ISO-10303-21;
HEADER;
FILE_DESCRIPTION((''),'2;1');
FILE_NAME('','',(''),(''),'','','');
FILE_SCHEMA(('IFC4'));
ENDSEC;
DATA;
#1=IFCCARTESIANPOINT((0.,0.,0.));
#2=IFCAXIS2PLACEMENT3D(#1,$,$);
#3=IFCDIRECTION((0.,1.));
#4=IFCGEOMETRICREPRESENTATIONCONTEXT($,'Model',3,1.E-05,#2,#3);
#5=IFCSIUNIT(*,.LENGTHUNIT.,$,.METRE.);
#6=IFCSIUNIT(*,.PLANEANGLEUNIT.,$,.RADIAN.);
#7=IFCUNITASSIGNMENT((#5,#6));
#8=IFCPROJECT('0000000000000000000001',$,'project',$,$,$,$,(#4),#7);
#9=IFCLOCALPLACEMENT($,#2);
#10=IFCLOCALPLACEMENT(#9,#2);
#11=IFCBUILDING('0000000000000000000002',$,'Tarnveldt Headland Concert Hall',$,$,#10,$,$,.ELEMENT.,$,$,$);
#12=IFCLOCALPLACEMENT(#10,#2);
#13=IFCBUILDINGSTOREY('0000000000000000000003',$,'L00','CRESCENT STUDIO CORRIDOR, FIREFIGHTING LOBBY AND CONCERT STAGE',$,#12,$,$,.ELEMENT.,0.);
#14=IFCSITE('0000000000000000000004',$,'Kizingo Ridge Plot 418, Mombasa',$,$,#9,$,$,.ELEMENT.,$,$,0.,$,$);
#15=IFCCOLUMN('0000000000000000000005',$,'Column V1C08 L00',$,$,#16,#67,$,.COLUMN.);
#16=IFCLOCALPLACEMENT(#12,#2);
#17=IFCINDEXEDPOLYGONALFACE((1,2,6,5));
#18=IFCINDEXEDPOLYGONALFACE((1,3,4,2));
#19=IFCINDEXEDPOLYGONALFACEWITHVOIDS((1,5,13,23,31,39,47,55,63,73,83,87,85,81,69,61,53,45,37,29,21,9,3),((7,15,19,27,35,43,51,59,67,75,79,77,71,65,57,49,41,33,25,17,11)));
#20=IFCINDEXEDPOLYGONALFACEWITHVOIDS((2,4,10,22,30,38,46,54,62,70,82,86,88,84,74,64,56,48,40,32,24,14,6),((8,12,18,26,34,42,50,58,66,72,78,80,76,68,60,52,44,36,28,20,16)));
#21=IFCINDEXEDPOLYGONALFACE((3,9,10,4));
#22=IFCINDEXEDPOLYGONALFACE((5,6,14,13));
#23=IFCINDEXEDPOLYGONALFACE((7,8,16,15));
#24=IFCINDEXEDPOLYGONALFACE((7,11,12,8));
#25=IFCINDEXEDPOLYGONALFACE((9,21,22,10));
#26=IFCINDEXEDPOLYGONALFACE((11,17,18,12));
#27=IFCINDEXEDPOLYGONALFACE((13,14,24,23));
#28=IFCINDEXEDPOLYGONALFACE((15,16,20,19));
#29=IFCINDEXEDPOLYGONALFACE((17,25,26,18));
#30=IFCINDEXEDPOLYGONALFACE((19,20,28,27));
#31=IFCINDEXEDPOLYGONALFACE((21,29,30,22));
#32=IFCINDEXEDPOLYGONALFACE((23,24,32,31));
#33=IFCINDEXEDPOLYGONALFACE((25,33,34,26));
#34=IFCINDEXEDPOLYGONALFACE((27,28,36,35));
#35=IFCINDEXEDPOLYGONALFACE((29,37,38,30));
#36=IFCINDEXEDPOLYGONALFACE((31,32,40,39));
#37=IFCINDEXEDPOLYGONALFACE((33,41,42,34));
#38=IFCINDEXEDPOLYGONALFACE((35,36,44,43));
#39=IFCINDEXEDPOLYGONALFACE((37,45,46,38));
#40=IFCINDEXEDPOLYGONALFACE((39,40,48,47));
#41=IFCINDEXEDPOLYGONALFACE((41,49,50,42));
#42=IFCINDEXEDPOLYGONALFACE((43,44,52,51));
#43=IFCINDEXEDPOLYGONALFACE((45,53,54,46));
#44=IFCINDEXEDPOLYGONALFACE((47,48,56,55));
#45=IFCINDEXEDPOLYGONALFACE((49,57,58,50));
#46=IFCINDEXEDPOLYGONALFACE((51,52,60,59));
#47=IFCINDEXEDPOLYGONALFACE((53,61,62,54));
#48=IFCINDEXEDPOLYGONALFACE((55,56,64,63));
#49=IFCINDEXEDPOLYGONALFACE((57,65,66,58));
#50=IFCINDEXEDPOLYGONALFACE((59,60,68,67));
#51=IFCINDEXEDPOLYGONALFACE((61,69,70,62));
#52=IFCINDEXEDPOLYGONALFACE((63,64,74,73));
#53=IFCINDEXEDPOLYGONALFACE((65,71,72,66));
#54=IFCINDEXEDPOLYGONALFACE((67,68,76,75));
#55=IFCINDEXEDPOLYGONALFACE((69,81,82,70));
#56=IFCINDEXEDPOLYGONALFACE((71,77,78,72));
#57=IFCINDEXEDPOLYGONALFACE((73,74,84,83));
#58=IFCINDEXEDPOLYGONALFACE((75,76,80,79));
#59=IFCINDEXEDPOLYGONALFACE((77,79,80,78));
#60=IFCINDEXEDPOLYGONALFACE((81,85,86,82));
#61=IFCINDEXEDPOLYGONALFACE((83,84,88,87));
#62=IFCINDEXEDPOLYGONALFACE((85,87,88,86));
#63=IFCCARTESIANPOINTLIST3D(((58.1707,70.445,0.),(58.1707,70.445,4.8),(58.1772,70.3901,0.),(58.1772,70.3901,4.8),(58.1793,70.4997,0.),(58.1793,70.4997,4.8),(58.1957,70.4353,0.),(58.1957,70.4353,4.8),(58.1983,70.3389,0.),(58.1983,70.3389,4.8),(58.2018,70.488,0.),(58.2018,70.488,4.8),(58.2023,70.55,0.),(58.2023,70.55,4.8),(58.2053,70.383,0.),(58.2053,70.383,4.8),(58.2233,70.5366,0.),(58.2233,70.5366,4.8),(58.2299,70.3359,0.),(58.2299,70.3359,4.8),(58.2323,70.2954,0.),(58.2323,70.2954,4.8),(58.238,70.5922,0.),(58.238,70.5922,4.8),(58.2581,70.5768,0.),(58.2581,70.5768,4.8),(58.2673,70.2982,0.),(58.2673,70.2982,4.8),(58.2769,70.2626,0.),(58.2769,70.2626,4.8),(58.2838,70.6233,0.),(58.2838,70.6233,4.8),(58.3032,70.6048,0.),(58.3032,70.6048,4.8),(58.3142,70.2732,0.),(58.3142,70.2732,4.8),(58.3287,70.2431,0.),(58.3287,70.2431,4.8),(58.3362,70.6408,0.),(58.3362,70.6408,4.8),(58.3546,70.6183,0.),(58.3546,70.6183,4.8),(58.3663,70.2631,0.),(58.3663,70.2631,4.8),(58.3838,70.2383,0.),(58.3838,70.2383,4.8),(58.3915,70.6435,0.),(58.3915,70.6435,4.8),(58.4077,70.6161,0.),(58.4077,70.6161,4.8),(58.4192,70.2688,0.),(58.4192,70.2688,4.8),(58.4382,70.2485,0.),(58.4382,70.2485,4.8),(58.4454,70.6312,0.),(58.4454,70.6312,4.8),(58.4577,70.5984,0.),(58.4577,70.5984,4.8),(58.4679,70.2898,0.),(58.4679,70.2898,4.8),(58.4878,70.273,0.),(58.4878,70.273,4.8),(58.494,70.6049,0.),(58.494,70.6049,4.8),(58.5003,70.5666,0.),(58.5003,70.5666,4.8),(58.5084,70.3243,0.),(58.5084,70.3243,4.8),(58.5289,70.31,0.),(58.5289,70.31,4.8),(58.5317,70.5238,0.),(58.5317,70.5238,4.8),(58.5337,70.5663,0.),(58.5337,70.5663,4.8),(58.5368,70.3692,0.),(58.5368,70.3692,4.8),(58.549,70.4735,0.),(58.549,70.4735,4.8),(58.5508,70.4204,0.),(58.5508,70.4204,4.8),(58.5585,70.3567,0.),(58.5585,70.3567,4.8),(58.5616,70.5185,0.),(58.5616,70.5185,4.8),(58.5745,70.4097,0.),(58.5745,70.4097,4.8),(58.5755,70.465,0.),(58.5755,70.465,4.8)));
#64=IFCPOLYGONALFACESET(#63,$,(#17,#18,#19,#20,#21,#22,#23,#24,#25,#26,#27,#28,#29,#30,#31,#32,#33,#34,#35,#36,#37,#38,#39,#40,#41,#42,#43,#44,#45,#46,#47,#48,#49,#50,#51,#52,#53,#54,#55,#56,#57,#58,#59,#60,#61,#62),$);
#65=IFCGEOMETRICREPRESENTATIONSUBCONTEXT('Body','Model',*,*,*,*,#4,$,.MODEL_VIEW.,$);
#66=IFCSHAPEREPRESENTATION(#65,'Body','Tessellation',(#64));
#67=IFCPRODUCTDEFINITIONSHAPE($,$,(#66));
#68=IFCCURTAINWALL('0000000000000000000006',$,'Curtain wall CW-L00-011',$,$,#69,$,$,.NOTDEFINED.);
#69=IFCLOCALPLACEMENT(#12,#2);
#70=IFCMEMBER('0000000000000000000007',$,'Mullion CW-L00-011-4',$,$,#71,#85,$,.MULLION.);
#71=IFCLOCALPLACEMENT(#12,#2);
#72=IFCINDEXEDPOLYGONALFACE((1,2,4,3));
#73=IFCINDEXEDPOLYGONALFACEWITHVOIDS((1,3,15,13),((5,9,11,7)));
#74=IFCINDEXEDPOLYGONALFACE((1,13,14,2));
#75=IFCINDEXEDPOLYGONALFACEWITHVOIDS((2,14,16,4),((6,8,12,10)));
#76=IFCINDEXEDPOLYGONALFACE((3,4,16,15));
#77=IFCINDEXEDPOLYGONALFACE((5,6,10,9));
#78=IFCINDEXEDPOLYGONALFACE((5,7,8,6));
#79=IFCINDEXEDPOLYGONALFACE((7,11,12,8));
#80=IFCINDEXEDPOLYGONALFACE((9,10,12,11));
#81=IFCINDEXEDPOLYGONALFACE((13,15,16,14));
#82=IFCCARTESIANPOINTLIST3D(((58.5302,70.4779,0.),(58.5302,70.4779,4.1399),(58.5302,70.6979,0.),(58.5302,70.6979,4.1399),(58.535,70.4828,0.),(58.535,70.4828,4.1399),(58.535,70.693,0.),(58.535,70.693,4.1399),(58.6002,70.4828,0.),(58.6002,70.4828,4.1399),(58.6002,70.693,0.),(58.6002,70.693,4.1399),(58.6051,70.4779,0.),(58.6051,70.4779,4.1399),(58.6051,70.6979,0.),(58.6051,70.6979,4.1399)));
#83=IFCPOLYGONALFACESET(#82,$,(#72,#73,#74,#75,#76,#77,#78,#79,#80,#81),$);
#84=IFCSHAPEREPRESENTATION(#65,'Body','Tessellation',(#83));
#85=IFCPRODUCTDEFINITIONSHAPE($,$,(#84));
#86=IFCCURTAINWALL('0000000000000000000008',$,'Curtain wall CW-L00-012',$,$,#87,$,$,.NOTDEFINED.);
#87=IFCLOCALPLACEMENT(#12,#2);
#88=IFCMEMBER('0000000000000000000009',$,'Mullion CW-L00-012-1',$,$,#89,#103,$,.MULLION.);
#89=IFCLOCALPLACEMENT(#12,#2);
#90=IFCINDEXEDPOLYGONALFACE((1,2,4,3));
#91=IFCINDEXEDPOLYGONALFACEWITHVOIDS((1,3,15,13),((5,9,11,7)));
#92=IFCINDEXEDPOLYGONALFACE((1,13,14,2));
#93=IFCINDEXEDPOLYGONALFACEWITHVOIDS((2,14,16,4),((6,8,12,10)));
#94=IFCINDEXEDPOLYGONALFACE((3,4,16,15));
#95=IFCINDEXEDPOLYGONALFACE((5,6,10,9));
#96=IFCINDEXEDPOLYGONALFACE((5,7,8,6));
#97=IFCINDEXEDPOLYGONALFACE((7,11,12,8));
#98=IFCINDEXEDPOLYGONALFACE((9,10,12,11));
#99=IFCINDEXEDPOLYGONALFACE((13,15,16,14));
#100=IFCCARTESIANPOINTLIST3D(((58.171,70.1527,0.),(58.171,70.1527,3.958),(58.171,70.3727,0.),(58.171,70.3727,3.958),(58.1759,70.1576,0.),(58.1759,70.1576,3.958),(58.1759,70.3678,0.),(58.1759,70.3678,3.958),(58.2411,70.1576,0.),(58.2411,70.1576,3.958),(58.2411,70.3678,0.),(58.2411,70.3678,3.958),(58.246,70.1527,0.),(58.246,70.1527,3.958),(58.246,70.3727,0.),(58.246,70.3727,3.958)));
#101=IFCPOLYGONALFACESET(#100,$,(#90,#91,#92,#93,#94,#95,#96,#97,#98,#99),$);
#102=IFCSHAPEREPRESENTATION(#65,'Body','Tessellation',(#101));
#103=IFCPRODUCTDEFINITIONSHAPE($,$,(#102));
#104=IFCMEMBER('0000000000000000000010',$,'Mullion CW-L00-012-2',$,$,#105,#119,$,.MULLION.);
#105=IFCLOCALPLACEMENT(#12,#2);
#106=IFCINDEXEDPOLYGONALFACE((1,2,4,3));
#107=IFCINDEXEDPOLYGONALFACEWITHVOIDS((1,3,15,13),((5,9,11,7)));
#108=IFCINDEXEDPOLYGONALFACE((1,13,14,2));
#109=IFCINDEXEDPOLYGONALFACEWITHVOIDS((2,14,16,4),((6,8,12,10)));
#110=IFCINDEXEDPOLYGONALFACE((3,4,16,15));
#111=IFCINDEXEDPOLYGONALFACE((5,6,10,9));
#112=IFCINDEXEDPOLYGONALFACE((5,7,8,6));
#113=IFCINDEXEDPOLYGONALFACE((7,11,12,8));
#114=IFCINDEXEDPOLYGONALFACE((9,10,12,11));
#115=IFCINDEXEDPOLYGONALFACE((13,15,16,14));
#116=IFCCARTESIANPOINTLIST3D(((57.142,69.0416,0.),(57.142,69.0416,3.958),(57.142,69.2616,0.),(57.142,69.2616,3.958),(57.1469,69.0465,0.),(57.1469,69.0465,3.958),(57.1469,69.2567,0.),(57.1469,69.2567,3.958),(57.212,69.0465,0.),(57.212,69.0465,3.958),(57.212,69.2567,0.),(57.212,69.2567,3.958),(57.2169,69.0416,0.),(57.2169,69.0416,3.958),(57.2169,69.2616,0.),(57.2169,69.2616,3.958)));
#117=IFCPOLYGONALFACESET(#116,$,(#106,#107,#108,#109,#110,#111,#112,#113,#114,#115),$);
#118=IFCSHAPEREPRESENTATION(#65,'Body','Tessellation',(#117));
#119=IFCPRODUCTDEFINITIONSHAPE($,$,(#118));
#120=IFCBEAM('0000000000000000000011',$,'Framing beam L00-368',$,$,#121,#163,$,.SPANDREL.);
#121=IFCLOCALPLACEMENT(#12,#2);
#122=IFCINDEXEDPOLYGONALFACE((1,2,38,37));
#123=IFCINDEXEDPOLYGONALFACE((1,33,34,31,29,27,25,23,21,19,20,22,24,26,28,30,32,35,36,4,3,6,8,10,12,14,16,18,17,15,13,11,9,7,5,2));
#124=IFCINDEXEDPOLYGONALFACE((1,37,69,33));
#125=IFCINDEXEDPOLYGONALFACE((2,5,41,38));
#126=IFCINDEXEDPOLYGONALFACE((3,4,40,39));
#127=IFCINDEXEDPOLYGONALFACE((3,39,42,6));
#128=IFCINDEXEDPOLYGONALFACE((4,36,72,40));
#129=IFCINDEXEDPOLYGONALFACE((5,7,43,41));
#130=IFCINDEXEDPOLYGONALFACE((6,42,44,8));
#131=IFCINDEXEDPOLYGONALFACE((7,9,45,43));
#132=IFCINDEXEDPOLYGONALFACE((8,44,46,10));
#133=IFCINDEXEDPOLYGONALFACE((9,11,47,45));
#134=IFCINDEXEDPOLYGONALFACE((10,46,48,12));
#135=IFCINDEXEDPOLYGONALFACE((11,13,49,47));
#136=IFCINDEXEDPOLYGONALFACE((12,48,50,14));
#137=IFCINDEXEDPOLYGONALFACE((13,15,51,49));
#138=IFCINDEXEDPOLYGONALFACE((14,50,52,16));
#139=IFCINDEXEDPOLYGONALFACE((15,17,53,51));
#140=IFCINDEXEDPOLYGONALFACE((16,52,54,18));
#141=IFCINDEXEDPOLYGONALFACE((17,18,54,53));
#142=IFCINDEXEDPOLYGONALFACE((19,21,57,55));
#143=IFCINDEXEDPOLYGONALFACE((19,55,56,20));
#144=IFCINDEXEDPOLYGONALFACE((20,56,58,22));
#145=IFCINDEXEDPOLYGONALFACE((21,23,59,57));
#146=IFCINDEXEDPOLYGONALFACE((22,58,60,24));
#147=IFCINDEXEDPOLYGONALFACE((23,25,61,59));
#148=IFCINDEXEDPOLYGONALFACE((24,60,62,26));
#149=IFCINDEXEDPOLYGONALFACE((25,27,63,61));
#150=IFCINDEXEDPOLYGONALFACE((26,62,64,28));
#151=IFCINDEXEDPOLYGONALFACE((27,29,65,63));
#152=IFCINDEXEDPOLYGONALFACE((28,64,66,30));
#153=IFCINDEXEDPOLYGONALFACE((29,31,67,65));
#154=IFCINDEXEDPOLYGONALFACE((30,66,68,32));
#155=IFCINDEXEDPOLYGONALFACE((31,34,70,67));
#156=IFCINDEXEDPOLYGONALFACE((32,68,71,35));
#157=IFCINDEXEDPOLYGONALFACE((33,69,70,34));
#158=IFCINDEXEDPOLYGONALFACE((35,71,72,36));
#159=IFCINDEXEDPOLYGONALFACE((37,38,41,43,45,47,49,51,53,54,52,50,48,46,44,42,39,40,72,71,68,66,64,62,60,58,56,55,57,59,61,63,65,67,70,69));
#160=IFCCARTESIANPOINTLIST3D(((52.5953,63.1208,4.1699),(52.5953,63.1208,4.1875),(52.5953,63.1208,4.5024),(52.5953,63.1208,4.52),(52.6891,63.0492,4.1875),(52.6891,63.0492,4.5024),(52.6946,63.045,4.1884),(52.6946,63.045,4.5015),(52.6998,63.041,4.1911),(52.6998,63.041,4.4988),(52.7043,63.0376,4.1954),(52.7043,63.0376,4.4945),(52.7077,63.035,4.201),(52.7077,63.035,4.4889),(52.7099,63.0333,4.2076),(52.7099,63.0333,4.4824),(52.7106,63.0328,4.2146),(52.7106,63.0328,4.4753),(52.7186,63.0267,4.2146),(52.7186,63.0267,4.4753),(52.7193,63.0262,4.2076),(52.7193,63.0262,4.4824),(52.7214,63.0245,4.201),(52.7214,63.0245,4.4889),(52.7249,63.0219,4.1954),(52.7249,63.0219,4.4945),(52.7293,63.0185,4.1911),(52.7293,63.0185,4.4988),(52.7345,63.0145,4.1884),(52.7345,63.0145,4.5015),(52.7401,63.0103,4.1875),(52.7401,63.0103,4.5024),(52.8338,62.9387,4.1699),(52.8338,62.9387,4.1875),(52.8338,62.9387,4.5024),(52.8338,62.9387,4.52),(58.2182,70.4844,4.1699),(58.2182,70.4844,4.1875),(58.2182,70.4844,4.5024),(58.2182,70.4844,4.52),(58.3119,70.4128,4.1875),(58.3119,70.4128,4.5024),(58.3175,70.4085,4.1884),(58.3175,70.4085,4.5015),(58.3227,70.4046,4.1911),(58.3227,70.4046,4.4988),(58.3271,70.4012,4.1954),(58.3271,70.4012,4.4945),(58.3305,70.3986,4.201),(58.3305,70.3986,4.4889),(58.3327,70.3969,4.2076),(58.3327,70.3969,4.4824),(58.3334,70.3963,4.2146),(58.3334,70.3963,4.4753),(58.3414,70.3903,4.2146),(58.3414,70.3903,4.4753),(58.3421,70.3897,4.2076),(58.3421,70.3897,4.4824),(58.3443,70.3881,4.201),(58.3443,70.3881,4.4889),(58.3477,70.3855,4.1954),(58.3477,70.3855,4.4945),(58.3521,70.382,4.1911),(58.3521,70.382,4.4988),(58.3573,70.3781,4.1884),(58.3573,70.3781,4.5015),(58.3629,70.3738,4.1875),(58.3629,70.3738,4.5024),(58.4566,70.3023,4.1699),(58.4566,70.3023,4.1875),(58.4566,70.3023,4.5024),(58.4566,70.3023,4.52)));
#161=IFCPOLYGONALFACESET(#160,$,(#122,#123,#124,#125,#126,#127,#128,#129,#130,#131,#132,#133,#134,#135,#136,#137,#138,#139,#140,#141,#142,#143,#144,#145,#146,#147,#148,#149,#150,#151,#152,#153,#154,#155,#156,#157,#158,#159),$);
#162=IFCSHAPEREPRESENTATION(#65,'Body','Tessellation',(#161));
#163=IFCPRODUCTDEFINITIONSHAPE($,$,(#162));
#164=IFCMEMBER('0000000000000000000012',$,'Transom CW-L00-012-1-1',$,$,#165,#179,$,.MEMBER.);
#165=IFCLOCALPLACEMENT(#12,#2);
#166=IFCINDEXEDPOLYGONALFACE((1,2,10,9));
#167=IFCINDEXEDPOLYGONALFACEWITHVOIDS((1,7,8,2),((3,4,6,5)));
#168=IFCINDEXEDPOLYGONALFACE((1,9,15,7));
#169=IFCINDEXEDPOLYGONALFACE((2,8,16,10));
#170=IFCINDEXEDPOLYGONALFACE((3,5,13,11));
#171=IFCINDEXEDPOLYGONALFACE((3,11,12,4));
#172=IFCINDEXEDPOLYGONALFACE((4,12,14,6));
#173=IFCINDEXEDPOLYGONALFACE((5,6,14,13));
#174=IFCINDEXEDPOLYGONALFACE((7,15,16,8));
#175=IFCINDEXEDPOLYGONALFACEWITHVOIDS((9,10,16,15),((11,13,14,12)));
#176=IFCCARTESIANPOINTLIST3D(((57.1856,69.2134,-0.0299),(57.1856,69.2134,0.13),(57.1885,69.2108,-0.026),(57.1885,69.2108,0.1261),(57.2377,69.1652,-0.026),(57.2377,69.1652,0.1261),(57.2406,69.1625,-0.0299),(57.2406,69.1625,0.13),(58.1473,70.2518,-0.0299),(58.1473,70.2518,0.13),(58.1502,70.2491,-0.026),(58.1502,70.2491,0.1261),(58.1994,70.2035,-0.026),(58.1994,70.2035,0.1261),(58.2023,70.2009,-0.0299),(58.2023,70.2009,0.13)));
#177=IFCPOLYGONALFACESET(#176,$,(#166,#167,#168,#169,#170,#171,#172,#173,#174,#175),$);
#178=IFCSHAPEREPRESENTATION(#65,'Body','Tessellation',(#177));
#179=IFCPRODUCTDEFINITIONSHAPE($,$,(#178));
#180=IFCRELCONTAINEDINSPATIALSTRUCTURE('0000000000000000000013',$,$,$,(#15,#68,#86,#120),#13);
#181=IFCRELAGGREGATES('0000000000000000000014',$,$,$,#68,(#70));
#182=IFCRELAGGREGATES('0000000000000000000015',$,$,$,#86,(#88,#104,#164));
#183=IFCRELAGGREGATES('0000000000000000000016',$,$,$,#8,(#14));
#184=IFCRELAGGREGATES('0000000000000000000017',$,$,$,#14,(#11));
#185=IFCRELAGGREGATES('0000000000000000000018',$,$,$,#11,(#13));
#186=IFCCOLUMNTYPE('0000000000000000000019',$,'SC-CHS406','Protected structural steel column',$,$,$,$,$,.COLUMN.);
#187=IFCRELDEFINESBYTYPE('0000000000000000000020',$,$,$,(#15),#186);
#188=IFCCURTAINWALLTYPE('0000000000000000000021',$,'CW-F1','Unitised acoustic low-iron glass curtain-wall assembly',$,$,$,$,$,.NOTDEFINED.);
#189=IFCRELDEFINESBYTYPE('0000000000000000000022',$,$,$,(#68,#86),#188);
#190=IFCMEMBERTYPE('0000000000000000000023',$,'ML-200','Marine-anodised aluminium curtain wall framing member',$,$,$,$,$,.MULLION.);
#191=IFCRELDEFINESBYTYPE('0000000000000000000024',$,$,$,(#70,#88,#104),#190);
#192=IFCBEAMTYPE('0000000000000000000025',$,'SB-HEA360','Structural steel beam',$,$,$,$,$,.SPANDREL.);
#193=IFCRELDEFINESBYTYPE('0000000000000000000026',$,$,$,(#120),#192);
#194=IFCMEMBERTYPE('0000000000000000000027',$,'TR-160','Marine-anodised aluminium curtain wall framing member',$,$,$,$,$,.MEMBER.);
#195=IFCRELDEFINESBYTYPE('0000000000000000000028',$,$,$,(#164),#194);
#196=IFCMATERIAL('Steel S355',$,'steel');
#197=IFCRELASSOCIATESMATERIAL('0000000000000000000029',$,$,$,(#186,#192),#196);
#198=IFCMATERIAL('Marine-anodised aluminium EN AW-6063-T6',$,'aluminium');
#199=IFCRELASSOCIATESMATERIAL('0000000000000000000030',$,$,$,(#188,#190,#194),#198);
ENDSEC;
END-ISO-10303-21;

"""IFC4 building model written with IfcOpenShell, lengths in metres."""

from ifc_helpers import new_model, si_unit, direction, frame, origin, origin_2d, place, context, subcontext, project, spatial, hollow_rectangle, hollow_circle, i_section, extrude, material, material_profile, profile_set, type_object, element, aggregate, save


model = new_model("IFC4")

# Units and contexts
model_context = context("Model", 3, precision=1e-05, world=origin(), true_north=direction((0.0, 1.0)))
body_context = subcontext(model_context, "Body", "Model", "MODEL_VIEW")
ifc_project = project(units=[si_unit("LENGTHUNIT", "METRE"), si_unit("PLANEANGLEUNIT", "RADIAN")], contexts=[model_context])

# Site, building, storey
site_placement = place(None, origin())
site = spatial("IfcSite", under=ifc_project, at=site_placement, Name="Kizingo Ridge Plot 418, Mombasa", CompositionType="ELEMENT", RefElevation=0.0)
building_placement = place(site_placement, origin())
building = spatial("IfcBuilding", under=site, at=building_placement, Name="Tarnveldt Headland Concert Hall", CompositionType="ELEMENT")
storey_placement = place(building_placement, origin())
storey = spatial("IfcBuildingStorey", under=building, at=storey_placement, Name="L00", Description="CRESCENT STUDIO CORRIDOR, FIREFIGHTING LOBBY AND CONCERT STAGE", CompositionType="ELEMENT", Elevation=0.0)

# Column
ifc_material_1 = material(Name="Steel S355", Category="steel")
ifc_material_profile_1 = material_profile(ifc_material_1, hollow_circle(Radius=0.2031, WallThickness=0.0249, at=origin_2d()), Name="CHS 406.4x25", Category="steel")
ifc_profile_set_1 = profile_set([ifc_material_profile_1], Name="Steel S355")
column_type = type_object("IfcColumnType", Name="SC-CHS406", Description="Protected structural steel column", PredefinedType="COLUMN", material=ifc_profile_set_1)
column_placement = place(storey_placement, frame((58.3738, 70.4412, 0.0), z_axis=(0.0, 0.0, 1.0), x_axis=(-0.844421, 0.535679, 0.0)))
element("IfcColumn", 1, at=column_placement, inside=storey, type_object=column_type, Name="Column V1C08 L00", PredefinedType="COLUMN", context=body_context, shape_type="SweptSolid", body=[
    extrude(hollow_circle(Radius=0.2031, WallThickness=0.0249, at=origin_2d()), origin(), (0.0, 0.0, 1.0), 4.8),
])

# Curtain wall, member
ifc_material_2 = material(Name="Marine-anodised aluminium EN AW-6063-T6", Category="aluminium")
curtain_wall_type = type_object("IfcCurtainWallType", Name="CW-F1", Description="Unitised acoustic low-iron glass curtain-wall assembly", PredefinedType="NOTDEFINED", material=ifc_material_2)
curtain_wall_1_placement = place(storey_placement, origin())
curtain_wall_1 = element("IfcCurtainWall", 2, at=curtain_wall_1_placement, inside=storey, type_object=curtain_wall_type, Name="Curtain wall CW-L00-011", PredefinedType="NOTDEFINED")
ifc_material_profile_2 = material_profile(ifc_material_2, hollow_rectangle(XDim=0.075, YDim=0.22, WallThickness=0.0049, at=origin_2d()), Name="ALU MULLION 75x220x5", Category="aluminium")
ifc_profile_set_2 = profile_set([ifc_material_profile_2], Name="Marine-anodised aluminium EN AW-6063-T6")
member_type_1 = type_object("IfcMemberType", Name="ML-200", Description="Marine-anodised aluminium curtain wall framing member", PredefinedType="MULLION", material=ifc_profile_set_2)
member_1_placement = place(storey_placement, frame((58.5676, 70.5879, 0.0), z_axis=(0.0, 0.0, 1.0), x_axis=(1.0, 0.0, 0.0)))
member_1 = element("IfcMember", 3, at=member_1_placement, type_object=member_type_1, Name="Mullion CW-L00-011-4", PredefinedType="MULLION", context=body_context, shape_type="SweptSolid", body=[
    extrude(hollow_rectangle(XDim=0.075, YDim=0.22, WallThickness=0.0049, at=origin_2d()), origin(), (0.0, 0.0, 1.0), 4.1399),
])
aggregate(curtain_wall_1, [member_1])

# Curtain wall, members
curtain_wall_2_placement = place(storey_placement, origin())
curtain_wall_2 = element("IfcCurtainWall", 4, at=curtain_wall_2_placement, inside=storey, type_object=curtain_wall_type, Name="Curtain wall CW-L00-012", PredefinedType="NOTDEFINED")
member_2_placement = place(storey_placement, frame((58.2085, 70.2627, 0.0), z_axis=(0.0, 0.0, 1.0), x_axis=(1.0, 0.0, 0.0)))
member_2 = element("IfcMember", 5, at=member_2_placement, type_object=member_type_1, Name="Mullion CW-L00-012-1", PredefinedType="MULLION", context=body_context, shape_type="SweptSolid", body=[
    extrude(hollow_rectangle(XDim=0.075, YDim=0.22, WallThickness=0.0049, at=origin_2d()), origin(), (0.0, 0.0, 1.0), 3.958),
])
member_3_placement = place(storey_placement, frame((57.1794, 69.1516, 0.0), z_axis=(0.0, 0.0, 1.0), x_axis=(1.0, 0.0, 0.0)))
member_3 = element("IfcMember", 6, at=member_3_placement, type_object=member_type_1, Name="Mullion CW-L00-012-2", PredefinedType="MULLION", context=body_context, shape_type="SweptSolid", body=[
    extrude(hollow_rectangle(XDim=0.075, YDim=0.22, WallThickness=0.0049, at=origin_2d()), origin(), (0.0, 0.0, 1.0), 3.958),
])

# Beam
ifc_material_profile_3 = material_profile(ifc_material_1, i_section(OverallWidth=0.3, OverallDepth=0.3501, WebThickness=0.01, FlangeThickness=0.0176, FilletRadius=0.0271, at=origin_2d()), Name="HEA360", Category="steel")
ifc_profile_set_3 = profile_set([ifc_material_profile_3], Name="Steel S355")
beam_type = type_object("IfcBeamType", Name="SB-HEA360", Description="Structural steel beam", PredefinedType="SPANDREL", material=ifc_profile_set_3)
beam_placement = place(storey_placement, frame((58.3374, 70.3933, 4.345), z_axis=(-0.606896, -0.794781, 0.0), x_axis=(0.794781, -0.606896, 0.0)))
element("IfcBeam", 7, at=beam_placement, inside=storey, type_object=beam_type, Name="Framing beam L00-368", PredefinedType="SPANDREL", context=body_context, shape_type="SweptSolid", body=[
    extrude(i_section(OverallWidth=0.3, OverallDepth=0.3501, WebThickness=0.01, FlangeThickness=0.0176, FilletRadius=0.0271, at=origin_2d()), origin(), (0.0, 0.0, 1.0), 9.2649),
])

# Member
ifc_material_profile_4 = material_profile(ifc_material_2, hollow_rectangle(XDim=0.075, YDim=0.1599, WallThickness=0.0039, at=origin_2d()), Name="ALU TRANSOM 75x160x4", Category="aluminium")
ifc_profile_set_4 = profile_set([ifc_material_profile_4], Name="Marine-anodised aluminium EN AW-6063-T6")
member_type_2 = type_object("IfcMemberType", Name="TR-160", Description="Marine-anodised aluminium curtain wall framing member", PredefinedType="MEMBER", material=ifc_profile_set_4)
member_4_placement = place(storey_placement, frame((58.1748, 70.2263, 0.05), z_axis=(-0.679504, -0.733671, 0.0), x_axis=(0.733671, -0.679504, 0.0)))
member_4 = element("IfcMember", 8, at=member_4_placement, type_object=member_type_2, Name="Transom CW-L00-012-1-1", PredefinedType="MEMBER", context=body_context, shape_type="SweptSolid", body=[
    extrude(hollow_rectangle(XDim=0.075, YDim=0.1599, WallThickness=0.0039, at=origin_2d()), origin(), (0.0, 0.0, 1.0), 1.4153),
])

aggregate(curtain_wall_2, [member_2, member_3, member_4])

save(model, "model.ifc")
